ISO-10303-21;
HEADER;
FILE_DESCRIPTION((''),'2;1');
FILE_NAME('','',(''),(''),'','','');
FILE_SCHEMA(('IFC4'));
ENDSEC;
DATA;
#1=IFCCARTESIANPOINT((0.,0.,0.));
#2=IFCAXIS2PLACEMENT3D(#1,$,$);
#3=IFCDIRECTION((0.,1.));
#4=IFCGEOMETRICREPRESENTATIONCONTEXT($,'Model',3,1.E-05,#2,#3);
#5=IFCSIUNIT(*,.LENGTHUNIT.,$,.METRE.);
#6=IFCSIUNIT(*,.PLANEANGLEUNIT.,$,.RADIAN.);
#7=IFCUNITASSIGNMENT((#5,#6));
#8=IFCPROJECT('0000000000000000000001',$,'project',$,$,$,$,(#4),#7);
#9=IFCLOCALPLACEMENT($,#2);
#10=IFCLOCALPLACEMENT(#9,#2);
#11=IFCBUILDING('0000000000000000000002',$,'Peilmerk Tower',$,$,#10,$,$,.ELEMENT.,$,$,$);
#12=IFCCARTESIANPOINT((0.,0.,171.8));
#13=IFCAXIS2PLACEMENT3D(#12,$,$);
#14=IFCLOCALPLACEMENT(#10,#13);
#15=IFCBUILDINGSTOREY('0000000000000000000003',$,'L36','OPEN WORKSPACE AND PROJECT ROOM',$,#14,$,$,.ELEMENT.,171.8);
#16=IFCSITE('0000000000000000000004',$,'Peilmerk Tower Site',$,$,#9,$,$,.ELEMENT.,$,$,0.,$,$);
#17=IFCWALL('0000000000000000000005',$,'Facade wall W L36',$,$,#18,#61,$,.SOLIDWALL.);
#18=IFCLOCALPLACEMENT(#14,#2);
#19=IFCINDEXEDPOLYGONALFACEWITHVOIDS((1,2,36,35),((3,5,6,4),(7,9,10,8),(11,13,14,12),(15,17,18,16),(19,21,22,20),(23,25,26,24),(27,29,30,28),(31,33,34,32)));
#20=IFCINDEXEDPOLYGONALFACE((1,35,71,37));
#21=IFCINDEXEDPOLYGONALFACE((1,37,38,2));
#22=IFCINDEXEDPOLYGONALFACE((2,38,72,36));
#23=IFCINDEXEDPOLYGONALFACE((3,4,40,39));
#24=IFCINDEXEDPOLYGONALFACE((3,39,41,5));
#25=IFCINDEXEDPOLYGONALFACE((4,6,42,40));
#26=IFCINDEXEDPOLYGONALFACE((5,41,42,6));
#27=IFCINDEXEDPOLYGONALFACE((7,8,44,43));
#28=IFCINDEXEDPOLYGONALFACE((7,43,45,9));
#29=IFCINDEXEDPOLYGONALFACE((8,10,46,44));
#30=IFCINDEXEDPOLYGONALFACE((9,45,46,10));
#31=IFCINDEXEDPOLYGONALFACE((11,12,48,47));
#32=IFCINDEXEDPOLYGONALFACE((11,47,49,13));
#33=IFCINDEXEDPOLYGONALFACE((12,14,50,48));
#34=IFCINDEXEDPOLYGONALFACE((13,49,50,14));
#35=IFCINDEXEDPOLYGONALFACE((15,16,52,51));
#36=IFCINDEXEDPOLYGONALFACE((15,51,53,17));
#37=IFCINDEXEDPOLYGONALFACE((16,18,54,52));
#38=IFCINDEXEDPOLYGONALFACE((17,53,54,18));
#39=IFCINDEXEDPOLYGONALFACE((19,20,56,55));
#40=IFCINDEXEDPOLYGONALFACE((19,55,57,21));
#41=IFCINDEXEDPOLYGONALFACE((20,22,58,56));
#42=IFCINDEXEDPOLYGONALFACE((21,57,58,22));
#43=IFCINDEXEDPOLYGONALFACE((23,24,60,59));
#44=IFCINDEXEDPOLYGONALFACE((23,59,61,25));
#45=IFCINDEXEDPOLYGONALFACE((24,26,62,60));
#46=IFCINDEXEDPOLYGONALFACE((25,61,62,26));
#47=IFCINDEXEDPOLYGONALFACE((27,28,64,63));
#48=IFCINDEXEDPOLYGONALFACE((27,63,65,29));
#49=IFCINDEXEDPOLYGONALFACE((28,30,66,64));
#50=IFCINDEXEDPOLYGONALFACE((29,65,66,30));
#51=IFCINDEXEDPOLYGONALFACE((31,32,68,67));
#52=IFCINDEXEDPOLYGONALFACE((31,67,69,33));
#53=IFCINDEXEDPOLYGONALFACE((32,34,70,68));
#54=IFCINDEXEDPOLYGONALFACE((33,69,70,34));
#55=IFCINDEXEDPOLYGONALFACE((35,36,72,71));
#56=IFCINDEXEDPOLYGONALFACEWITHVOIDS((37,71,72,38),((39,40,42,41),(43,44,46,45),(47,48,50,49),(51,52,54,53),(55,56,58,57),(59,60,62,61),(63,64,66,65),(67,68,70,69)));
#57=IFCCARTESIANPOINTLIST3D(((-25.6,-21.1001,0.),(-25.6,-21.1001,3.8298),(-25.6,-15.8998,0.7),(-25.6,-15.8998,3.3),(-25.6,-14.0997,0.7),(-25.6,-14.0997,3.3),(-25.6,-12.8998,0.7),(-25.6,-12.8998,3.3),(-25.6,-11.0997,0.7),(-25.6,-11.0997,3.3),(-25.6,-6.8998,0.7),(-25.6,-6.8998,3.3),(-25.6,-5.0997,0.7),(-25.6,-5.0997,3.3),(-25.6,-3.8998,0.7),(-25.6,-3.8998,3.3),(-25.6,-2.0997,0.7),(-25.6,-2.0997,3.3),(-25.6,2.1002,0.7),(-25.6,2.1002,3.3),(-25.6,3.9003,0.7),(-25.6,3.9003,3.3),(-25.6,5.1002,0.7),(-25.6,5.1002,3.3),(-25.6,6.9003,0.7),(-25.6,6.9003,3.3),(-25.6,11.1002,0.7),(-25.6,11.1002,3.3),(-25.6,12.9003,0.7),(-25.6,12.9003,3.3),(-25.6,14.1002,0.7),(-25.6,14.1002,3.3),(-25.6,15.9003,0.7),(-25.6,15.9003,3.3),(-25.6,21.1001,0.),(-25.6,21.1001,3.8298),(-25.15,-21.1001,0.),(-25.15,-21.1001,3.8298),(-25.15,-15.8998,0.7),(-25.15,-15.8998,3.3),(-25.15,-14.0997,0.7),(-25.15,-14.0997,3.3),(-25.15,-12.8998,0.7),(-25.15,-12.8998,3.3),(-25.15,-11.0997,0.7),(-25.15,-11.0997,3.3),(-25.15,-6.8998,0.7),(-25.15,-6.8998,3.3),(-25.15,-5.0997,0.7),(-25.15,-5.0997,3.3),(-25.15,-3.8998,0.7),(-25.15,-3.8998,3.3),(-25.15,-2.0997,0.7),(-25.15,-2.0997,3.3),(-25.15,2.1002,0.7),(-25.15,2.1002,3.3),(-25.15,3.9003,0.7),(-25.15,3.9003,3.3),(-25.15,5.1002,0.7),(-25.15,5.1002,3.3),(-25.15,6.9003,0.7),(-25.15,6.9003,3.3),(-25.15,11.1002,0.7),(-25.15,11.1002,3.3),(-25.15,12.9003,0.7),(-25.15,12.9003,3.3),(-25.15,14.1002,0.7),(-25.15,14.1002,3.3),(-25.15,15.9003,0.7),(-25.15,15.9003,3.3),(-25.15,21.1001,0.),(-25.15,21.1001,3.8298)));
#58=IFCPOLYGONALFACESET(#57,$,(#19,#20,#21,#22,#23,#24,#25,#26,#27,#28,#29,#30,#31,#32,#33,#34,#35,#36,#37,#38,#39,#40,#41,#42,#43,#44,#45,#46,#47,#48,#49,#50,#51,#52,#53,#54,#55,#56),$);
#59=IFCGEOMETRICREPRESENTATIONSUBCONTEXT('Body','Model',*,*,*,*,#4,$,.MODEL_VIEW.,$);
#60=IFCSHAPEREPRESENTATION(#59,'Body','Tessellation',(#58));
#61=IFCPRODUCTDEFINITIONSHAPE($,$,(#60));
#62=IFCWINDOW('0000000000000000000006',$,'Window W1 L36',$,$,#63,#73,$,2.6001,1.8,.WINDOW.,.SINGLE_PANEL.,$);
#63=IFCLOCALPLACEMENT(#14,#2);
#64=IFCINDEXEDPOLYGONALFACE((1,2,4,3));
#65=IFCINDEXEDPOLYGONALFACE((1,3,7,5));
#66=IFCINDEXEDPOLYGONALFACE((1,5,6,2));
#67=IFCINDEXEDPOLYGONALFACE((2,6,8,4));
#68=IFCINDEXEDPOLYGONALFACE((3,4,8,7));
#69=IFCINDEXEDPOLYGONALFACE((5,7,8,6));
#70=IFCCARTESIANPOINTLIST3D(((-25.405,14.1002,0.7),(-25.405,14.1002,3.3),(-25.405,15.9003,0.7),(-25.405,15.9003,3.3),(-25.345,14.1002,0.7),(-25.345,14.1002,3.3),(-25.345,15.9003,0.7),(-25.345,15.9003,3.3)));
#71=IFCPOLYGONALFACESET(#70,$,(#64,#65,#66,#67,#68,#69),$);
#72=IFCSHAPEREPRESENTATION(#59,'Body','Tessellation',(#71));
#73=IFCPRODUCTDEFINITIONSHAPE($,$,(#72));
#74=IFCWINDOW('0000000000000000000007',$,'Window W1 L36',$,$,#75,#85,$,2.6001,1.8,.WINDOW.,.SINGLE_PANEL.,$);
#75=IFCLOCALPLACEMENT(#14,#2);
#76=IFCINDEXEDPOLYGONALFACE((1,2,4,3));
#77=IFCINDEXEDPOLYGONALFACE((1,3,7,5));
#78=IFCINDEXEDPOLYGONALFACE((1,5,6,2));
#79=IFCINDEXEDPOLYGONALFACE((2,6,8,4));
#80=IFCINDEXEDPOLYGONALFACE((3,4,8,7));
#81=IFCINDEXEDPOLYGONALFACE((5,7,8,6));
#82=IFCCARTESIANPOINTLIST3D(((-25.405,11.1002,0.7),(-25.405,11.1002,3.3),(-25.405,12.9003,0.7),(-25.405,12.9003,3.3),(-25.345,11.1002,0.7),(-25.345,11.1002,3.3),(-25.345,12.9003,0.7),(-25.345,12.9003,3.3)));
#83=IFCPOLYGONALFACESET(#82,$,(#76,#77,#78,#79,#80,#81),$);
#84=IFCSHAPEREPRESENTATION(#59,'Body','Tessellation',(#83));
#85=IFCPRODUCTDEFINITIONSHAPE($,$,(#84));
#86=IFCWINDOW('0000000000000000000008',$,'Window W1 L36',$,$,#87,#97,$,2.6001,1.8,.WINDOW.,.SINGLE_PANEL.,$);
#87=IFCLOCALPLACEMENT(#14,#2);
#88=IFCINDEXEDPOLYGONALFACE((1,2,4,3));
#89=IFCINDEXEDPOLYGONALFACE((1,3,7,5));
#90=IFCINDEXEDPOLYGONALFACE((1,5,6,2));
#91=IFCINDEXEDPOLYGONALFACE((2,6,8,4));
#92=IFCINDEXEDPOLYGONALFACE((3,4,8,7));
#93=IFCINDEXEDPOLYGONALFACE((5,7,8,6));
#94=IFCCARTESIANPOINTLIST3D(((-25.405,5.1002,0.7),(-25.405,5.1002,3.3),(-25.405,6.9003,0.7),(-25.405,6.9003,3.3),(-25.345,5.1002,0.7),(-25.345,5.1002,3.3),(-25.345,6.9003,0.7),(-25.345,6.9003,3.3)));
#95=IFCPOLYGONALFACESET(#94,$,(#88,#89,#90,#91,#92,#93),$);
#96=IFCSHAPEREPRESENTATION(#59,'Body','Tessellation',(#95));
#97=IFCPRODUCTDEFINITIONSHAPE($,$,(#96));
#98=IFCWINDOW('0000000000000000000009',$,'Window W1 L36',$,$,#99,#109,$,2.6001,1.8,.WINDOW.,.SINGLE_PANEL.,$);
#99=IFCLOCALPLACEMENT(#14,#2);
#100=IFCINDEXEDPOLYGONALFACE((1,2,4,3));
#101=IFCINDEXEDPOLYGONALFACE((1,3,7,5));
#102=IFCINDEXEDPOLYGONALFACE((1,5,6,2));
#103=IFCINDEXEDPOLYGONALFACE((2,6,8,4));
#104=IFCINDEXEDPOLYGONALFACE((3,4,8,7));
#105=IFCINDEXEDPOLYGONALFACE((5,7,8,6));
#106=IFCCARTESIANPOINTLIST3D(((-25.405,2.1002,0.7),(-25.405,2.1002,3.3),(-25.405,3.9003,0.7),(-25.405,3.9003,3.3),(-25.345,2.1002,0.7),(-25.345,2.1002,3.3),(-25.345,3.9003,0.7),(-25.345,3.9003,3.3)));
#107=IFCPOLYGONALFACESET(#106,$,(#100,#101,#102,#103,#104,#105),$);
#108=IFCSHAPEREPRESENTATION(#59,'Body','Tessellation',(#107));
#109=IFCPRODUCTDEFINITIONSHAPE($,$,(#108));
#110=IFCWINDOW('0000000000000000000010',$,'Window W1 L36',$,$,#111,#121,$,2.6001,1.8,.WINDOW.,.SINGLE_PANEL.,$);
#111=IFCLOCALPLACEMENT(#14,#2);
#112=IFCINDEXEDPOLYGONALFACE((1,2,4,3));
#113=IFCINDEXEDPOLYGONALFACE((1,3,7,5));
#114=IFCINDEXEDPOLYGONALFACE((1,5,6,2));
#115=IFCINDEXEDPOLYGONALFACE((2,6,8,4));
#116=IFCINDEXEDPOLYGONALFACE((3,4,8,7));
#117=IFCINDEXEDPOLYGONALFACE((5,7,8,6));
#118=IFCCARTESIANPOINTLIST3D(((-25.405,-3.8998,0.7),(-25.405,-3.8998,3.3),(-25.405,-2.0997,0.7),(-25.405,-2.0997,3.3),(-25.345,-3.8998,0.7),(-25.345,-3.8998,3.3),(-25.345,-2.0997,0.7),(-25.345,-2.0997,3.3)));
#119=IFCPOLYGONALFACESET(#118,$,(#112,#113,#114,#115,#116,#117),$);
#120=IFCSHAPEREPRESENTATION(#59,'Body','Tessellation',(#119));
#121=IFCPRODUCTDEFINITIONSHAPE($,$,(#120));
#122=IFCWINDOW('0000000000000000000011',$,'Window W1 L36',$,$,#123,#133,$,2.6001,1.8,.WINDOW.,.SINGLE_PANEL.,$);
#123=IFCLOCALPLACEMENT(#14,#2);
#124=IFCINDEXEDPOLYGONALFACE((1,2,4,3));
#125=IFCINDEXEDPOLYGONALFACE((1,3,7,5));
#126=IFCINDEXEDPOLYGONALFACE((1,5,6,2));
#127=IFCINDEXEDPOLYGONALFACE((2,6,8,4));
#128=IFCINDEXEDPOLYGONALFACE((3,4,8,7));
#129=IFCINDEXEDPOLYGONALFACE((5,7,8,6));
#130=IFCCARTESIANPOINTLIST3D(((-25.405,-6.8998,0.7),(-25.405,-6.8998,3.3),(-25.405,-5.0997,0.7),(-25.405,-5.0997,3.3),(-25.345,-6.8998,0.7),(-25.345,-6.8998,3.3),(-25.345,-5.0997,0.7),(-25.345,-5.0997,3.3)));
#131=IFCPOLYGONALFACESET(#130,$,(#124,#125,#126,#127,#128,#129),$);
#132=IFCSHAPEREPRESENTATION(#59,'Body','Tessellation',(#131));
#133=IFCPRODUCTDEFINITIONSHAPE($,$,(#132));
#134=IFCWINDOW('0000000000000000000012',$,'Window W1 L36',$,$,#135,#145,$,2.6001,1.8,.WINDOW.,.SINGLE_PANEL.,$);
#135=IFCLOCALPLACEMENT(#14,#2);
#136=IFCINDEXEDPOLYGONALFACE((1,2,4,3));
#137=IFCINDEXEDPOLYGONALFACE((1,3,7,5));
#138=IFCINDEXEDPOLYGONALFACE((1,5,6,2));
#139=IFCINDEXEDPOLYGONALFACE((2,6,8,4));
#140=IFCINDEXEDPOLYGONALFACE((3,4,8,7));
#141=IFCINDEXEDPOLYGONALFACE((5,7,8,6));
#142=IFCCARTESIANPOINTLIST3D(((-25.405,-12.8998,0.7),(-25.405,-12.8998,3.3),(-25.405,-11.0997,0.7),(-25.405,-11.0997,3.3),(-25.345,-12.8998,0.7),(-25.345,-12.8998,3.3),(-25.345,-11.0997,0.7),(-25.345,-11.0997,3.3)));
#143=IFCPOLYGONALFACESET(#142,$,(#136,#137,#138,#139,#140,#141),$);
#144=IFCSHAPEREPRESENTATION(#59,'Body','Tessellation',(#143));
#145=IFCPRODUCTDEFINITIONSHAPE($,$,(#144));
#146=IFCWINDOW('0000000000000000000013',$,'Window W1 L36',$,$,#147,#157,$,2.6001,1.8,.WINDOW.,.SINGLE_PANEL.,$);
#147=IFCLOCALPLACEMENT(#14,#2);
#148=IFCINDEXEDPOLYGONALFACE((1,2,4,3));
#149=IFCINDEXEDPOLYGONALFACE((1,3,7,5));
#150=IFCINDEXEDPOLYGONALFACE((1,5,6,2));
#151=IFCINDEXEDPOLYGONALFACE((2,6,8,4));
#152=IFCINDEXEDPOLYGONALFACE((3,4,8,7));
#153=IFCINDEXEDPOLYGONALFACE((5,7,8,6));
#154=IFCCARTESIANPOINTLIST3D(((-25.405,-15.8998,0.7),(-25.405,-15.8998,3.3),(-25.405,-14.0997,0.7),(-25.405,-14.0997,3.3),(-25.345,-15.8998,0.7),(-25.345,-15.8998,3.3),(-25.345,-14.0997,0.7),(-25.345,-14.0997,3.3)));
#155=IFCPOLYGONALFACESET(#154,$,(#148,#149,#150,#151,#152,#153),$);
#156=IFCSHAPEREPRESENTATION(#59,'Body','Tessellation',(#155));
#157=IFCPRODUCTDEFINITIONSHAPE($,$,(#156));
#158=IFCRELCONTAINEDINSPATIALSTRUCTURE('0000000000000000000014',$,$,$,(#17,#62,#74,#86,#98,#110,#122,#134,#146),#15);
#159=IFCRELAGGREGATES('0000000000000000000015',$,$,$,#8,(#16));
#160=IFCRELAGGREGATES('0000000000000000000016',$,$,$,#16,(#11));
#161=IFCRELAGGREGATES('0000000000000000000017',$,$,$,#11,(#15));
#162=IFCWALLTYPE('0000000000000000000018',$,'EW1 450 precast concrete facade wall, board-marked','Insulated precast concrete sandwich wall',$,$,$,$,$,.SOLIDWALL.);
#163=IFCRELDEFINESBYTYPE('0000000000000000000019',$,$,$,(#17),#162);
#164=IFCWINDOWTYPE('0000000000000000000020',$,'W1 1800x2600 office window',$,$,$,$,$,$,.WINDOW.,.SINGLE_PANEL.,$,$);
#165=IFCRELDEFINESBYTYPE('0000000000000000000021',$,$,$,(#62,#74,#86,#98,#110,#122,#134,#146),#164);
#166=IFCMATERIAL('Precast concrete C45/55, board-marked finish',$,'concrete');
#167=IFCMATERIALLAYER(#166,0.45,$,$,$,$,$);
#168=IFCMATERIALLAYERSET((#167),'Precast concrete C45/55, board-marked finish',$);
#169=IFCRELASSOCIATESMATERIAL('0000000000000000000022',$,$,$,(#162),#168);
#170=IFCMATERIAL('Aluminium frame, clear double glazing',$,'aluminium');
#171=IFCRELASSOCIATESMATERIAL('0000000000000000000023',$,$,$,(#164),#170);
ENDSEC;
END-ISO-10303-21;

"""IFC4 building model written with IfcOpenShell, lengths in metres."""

from ifc_helpers import new_model, si_unit, direction, frame, frame_2d, origin, place, context, subcontext, project, spatial, rectangle, extrude, material, layer, layer_set, type_object, element, fill, save


model = new_model("IFC4")

# Units and contexts
model_context = context("Model", 3, precision=1e-05, world=origin(), true_north=direction((0.0, 1.0)))
body_context = subcontext(model_context, "Body", "Model", "MODEL_VIEW")
ifc_project = project(units=[si_unit("LENGTHUNIT", "METRE"), si_unit("PLANEANGLEUNIT", "RADIAN")], contexts=[model_context])

# Site, building, storey
site_placement = place(None, origin())
site = spatial("IfcSite", under=ifc_project, at=site_placement, Name="Peilmerk Tower Site", CompositionType="ELEMENT", RefElevation=0.0)
building_placement = place(site_placement, origin())
building = spatial("IfcBuilding", under=site, at=building_placement, Name="Peilmerk Tower", CompositionType="ELEMENT")
storey_placement = place(building_placement, frame((0.0, 0.0, 171.8)))
storey = spatial("IfcBuildingStorey", under=building, at=storey_placement, Name="L36", Description="OPEN WORKSPACE AND PROJECT ROOM", CompositionType="ELEMENT", Elevation=171.8)

# Wall, openings, windows
ifc_material_1 = material(Name="Precast concrete C45/55, board-marked finish", Category="concrete")
ifc_layer_1 = layer(ifc_material_1, 0.45)
ifc_layer_set_1 = layer_set([ifc_layer_1], Name="Precast concrete C45/55, board-marked finish")
wall_type = type_object("IfcWallType", Name="EW1 450 precast concrete facade wall, board-marked", Description="Insulated precast concrete sandwich wall", PredefinedType="SOLIDWALL", material=ifc_layer_set_1)
wall_1_placement = place(storey_placement, frame((-25.375, 21.1001, 0.0), z_axis=(0.0, 0.0, 1.0), x_axis=(0.0, -1.0, 0.0)))
wall_1 = element("IfcWall", 1, at=wall_1_placement, inside=storey, type_object=wall_type, Name="Facade wall W L36", PredefinedType="SOLIDWALL", context=body_context, shape_type="SweptSolid", body=[
    extrude(rectangle(XDim=42.2002, YDim=0.45, at=frame_2d((21.1001, 0.0))), origin(), (0.0, 0.0, 1.0), 3.8298),
])
opening_1_placement = place(wall_1_placement, frame((5.2, 0.0, 0.7)))
opening_1 = element("IfcOpeningElement", 2, at=opening_1_placement, cuts=wall_1, PredefinedType="OPENING", context=body_context, shape_type="SweptSolid", body=[
    extrude(rectangle(XDim=1.8, YDim=2.6001, at=frame_2d((0.8999, 1.3))), frame((0.0, 0.2349, 0.0), z_axis=(0.0, -1.0, 0.0), x_axis=(1.0, 0.0, 0.0)), (0.0, 0.0, 1.0), 0.47),
])
opening_2_placement = place(wall_1_placement, frame((8.2, 0.0, 0.7)))
opening_2 = element("IfcOpeningElement", 3, at=opening_2_placement, cuts=wall_1, PredefinedType="OPENING", context=body_context, shape_type="SweptSolid", body=[
    extrude(rectangle(XDim=1.8, YDim=2.6001, at=frame_2d((0.8999, 1.3))), frame((0.0, 0.2349, 0.0), z_axis=(0.0, -1.0, 0.0), x_axis=(1.0, 0.0, 0.0)), (0.0, 0.0, 1.0), 0.47),
])
opening_3_placement = place(wall_1_placement, frame((14.2, 0.0, 0.7)))
opening_3 = element("IfcOpeningElement", 4, at=opening_3_placement, cuts=wall_1, PredefinedType="OPENING", context=body_context, shape_type="SweptSolid", body=[
    extrude(rectangle(XDim=1.8, YDim=2.6001, at=frame_2d((0.8999, 1.3))), frame((0.0, 0.2349, 0.0), z_axis=(0.0, -1.0, 0.0), x_axis=(1.0, 0.0, 0.0)), (0.0, 0.0, 1.0), 0.47),
])
opening_4_placement = place(wall_1_placement, frame((17.2, 0.0, 0.7)))
opening_4 = element("IfcOpeningElement", 5, at=opening_4_placement, cuts=wall_1, PredefinedType="OPENING", context=body_context, shape_type="SweptSolid", body=[
    extrude(rectangle(XDim=1.8, YDim=2.6001, at=frame_2d((0.8999, 1.3))), frame((0.0, 0.2349, 0.0), z_axis=(0.0, -1.0, 0.0), x_axis=(1.0, 0.0, 0.0)), (0.0, 0.0, 1.0), 0.47),
])
opening_5_placement = place(wall_1_placement, frame((23.2, 0.0, 0.7)))
opening_5 = element("IfcOpeningElement", 6, at=opening_5_placement, cuts=wall_1, PredefinedType="OPENING", context=body_context, shape_type="SweptSolid", body=[
    extrude(rectangle(XDim=1.8, YDim=2.6001, at=frame_2d((0.8999, 1.3))), frame((0.0, 0.2349, 0.0), z_axis=(0.0, -1.0, 0.0), x_axis=(1.0, 0.0, 0.0)), (0.0, 0.0, 1.0), 0.47),
])
opening_6_placement = place(wall_1_placement, frame((26.2, 0.0, 0.7)))
opening_6 = element("IfcOpeningElement", 7, at=opening_6_placement, cuts=wall_1, PredefinedType="OPENING", context=body_context, shape_type="SweptSolid", body=[
    extrude(rectangle(XDim=1.8, YDim=2.6001, at=frame_2d((0.8999, 1.3))), frame((0.0, 0.2349, 0.0), z_axis=(0.0, -1.0, 0.0), x_axis=(1.0, 0.0, 0.0)), (0.0, 0.0, 1.0), 0.47),
])
opening_7_placement = place(wall_1_placement, frame((32.2, 0.0, 0.7)))
opening_7 = element("IfcOpeningElement", 8, at=opening_7_placement, cuts=wall_1, PredefinedType="OPENING", context=body_context, shape_type="SweptSolid", body=[
    extrude(rectangle(XDim=1.8, YDim=2.6001, at=frame_2d((0.8999, 1.3))), frame((0.0, 0.2349, 0.0), z_axis=(0.0, -1.0, 0.0), x_axis=(1.0, 0.0, 0.0)), (0.0, 0.0, 1.0), 0.47),
])
opening_8_placement = place(wall_1_placement, frame((35.2, 0.0, 0.7)))
opening_8 = element("IfcOpeningElement", 9, at=opening_8_placement, cuts=wall_1, PredefinedType="OPENING", context=body_context, shape_type="SweptSolid", body=[
    extrude(rectangle(XDim=1.8, YDim=2.6001, at=frame_2d((0.8999, 1.3))), frame((0.0, 0.2349, 0.0), z_axis=(0.0, -1.0, 0.0), x_axis=(1.0, 0.0, 0.0)), (0.0, 0.0, 1.0), 0.47),
])
ifc_material_2 = material(Name="Aluminium frame, clear double glazing", Category="aluminium")
window_type = type_object("IfcWindowType", Name="W1 1800x2600 office window", PartitioningType="SINGLE_PANEL", PredefinedType="WINDOW", material=ifc_material_2)
window_1_placement = place(opening_1_placement, origin())
window_1 = element("IfcWindow", 10, at=window_1_placement, inside=storey, type_object=window_type, Name="Window W1 L36", OverallHeight=2.6001, OverallWidth=1.8, PartitioningType="SINGLE_PANEL", PredefinedType="WINDOW", context=body_context, shape_type="SweptSolid", body=[
    extrude(rectangle(XDim=1.8, YDim=2.6001, at=frame_2d((0.8999, 1.3))), frame((0.0, 0.03, 0.0), z_axis=(0.0, -1.0, 0.0), x_axis=(1.0, 0.0, 0.0)), (0.0, 0.0, 1.0), 0.0601),
])
fill(opening_1, window_1)
window_2_placement = place(opening_2_placement, origin())
window_2 = element("IfcWindow", 11, at=window_2_placement, inside=storey, type_object=window_type, Name="Window W1 L36", OverallHeight=2.6001, OverallWidth=1.8, PartitioningType="SINGLE_PANEL", PredefinedType="WINDOW", context=body_context, shape_type="SweptSolid", body=[
    extrude(rectangle(XDim=1.8, YDim=2.6001, at=frame_2d((0.8999, 1.3))), frame((0.0, 0.03, 0.0), z_axis=(0.0, -1.0, 0.0), x_axis=(1.0, 0.0, 0.0)), (0.0, 0.0, 1.0), 0.0601),
])
fill(opening_2, window_2)
window_3_placement = place(opening_3_placement, origin())
window_3 = element("IfcWindow", 12, at=window_3_placement, inside=storey, type_object=window_type, Name="Window W1 L36", OverallHeight=2.6001, OverallWidth=1.8, PartitioningType="SINGLE_PANEL", PredefinedType="WINDOW", context=body_context, shape_type="SweptSolid", body=[
    extrude(rectangle(XDim=1.8, YDim=2.6001, at=frame_2d((0.8999, 1.3))), frame((0.0, 0.03, 0.0), z_axis=(0.0, -1.0, 0.0), x_axis=(1.0, 0.0, 0.0)), (0.0, 0.0, 1.0), 0.0601),
])
fill(opening_3, window_3)
window_4_placement = place(opening_4_placement, origin())
window_4 = element("IfcWindow", 13, at=window_4_placement, inside=storey, type_object=window_type, Name="Window W1 L36", OverallHeight=2.6001, OverallWidth=1.8, PartitioningType="SINGLE_PANEL", PredefinedType="WINDOW", context=body_context, shape_type="SweptSolid", body=[
    extrude(rectangle(XDim=1.8, YDim=2.6001, at=frame_2d((0.8999, 1.3))), frame((0.0, 0.03, 0.0), z_axis=(0.0, -1.0, 0.0), x_axis=(1.0, 0.0, 0.0)), (0.0, 0.0, 1.0), 0.0601),
])
fill(opening_4, window_4)
window_5_placement = place(opening_5_placement, origin())
window_5 = element("IfcWindow", 14, at=window_5_placement, inside=storey, type_object=window_type, Name="Window W1 L36", OverallHeight=2.6001, OverallWidth=1.8, PartitioningType="SINGLE_PANEL", PredefinedType="WINDOW", context=body_context, shape_type="SweptSolid", body=[
    extrude(rectangle(XDim=1.8, YDim=2.6001, at=frame_2d((0.8999, 1.3))), frame((0.0, 0.03, 0.0), z_axis=(0.0, -1.0, 0.0), x_axis=(1.0, 0.0, 0.0)), (0.0, 0.0, 1.0), 0.0601),
])
fill(opening_5, window_5)
window_6_placement = place(opening_6_placement, origin())
window_6 = element("IfcWindow", 15, at=window_6_placement, inside=storey, type_object=window_type, Name="Window W1 L36", OverallHeight=2.6001, OverallWidth=1.8, PartitioningType="SINGLE_PANEL", PredefinedType="WINDOW", context=body_context, shape_type="SweptSolid", body=[
    extrude(rectangle(XDim=1.8, YDim=2.6001, at=frame_2d((0.8999, 1.3))), frame((0.0, 0.03, 0.0), z_axis=(0.0, -1.0, 0.0), x_axis=(1.0, 0.0, 0.0)), (0.0, 0.0, 1.0), 0.0601),
])
fill(opening_6, window_6)
window_7_placement = place(opening_7_placement, origin())
window_7 = element("IfcWindow", 16, at=window_7_placement, inside=storey, type_object=window_type, Name="Window W1 L36", OverallHeight=2.6001, OverallWidth=1.8, PartitioningType="SINGLE_PANEL", PredefinedType="WINDOW", context=body_context, shape_type="SweptSolid", body=[
    extrude(rectangle(XDim=1.8, YDim=2.6001, at=frame_2d((0.8999, 1.3))), frame((0.0, 0.03, 0.0), z_axis=(0.0, -1.0, 0.0), x_axis=(1.0, 0.0, 0.0)), (0.0, 0.0, 1.0), 0.0601),
])
fill(opening_7, window_7)
window_8_placement = place(opening_8_placement, origin())
window_8 = element("IfcWindow", 17, at=window_8_placement, inside=storey, type_object=window_type, Name="Window W1 L36", OverallHeight=2.6001, OverallWidth=1.8, PartitioningType="SINGLE_PANEL", PredefinedType="WINDOW", context=body_context, shape_type="SweptSolid", body=[
    extrude(rectangle(XDim=1.8, YDim=2.6001, at=frame_2d((0.8999, 1.3))), frame((0.0, 0.03, 0.0), z_axis=(0.0, -1.0, 0.0), x_axis=(1.0, 0.0, 0.0)), (0.0, 0.0, 1.0), 0.0601),
])
fill(opening_8, window_8)

save(model, "model.ifc")
